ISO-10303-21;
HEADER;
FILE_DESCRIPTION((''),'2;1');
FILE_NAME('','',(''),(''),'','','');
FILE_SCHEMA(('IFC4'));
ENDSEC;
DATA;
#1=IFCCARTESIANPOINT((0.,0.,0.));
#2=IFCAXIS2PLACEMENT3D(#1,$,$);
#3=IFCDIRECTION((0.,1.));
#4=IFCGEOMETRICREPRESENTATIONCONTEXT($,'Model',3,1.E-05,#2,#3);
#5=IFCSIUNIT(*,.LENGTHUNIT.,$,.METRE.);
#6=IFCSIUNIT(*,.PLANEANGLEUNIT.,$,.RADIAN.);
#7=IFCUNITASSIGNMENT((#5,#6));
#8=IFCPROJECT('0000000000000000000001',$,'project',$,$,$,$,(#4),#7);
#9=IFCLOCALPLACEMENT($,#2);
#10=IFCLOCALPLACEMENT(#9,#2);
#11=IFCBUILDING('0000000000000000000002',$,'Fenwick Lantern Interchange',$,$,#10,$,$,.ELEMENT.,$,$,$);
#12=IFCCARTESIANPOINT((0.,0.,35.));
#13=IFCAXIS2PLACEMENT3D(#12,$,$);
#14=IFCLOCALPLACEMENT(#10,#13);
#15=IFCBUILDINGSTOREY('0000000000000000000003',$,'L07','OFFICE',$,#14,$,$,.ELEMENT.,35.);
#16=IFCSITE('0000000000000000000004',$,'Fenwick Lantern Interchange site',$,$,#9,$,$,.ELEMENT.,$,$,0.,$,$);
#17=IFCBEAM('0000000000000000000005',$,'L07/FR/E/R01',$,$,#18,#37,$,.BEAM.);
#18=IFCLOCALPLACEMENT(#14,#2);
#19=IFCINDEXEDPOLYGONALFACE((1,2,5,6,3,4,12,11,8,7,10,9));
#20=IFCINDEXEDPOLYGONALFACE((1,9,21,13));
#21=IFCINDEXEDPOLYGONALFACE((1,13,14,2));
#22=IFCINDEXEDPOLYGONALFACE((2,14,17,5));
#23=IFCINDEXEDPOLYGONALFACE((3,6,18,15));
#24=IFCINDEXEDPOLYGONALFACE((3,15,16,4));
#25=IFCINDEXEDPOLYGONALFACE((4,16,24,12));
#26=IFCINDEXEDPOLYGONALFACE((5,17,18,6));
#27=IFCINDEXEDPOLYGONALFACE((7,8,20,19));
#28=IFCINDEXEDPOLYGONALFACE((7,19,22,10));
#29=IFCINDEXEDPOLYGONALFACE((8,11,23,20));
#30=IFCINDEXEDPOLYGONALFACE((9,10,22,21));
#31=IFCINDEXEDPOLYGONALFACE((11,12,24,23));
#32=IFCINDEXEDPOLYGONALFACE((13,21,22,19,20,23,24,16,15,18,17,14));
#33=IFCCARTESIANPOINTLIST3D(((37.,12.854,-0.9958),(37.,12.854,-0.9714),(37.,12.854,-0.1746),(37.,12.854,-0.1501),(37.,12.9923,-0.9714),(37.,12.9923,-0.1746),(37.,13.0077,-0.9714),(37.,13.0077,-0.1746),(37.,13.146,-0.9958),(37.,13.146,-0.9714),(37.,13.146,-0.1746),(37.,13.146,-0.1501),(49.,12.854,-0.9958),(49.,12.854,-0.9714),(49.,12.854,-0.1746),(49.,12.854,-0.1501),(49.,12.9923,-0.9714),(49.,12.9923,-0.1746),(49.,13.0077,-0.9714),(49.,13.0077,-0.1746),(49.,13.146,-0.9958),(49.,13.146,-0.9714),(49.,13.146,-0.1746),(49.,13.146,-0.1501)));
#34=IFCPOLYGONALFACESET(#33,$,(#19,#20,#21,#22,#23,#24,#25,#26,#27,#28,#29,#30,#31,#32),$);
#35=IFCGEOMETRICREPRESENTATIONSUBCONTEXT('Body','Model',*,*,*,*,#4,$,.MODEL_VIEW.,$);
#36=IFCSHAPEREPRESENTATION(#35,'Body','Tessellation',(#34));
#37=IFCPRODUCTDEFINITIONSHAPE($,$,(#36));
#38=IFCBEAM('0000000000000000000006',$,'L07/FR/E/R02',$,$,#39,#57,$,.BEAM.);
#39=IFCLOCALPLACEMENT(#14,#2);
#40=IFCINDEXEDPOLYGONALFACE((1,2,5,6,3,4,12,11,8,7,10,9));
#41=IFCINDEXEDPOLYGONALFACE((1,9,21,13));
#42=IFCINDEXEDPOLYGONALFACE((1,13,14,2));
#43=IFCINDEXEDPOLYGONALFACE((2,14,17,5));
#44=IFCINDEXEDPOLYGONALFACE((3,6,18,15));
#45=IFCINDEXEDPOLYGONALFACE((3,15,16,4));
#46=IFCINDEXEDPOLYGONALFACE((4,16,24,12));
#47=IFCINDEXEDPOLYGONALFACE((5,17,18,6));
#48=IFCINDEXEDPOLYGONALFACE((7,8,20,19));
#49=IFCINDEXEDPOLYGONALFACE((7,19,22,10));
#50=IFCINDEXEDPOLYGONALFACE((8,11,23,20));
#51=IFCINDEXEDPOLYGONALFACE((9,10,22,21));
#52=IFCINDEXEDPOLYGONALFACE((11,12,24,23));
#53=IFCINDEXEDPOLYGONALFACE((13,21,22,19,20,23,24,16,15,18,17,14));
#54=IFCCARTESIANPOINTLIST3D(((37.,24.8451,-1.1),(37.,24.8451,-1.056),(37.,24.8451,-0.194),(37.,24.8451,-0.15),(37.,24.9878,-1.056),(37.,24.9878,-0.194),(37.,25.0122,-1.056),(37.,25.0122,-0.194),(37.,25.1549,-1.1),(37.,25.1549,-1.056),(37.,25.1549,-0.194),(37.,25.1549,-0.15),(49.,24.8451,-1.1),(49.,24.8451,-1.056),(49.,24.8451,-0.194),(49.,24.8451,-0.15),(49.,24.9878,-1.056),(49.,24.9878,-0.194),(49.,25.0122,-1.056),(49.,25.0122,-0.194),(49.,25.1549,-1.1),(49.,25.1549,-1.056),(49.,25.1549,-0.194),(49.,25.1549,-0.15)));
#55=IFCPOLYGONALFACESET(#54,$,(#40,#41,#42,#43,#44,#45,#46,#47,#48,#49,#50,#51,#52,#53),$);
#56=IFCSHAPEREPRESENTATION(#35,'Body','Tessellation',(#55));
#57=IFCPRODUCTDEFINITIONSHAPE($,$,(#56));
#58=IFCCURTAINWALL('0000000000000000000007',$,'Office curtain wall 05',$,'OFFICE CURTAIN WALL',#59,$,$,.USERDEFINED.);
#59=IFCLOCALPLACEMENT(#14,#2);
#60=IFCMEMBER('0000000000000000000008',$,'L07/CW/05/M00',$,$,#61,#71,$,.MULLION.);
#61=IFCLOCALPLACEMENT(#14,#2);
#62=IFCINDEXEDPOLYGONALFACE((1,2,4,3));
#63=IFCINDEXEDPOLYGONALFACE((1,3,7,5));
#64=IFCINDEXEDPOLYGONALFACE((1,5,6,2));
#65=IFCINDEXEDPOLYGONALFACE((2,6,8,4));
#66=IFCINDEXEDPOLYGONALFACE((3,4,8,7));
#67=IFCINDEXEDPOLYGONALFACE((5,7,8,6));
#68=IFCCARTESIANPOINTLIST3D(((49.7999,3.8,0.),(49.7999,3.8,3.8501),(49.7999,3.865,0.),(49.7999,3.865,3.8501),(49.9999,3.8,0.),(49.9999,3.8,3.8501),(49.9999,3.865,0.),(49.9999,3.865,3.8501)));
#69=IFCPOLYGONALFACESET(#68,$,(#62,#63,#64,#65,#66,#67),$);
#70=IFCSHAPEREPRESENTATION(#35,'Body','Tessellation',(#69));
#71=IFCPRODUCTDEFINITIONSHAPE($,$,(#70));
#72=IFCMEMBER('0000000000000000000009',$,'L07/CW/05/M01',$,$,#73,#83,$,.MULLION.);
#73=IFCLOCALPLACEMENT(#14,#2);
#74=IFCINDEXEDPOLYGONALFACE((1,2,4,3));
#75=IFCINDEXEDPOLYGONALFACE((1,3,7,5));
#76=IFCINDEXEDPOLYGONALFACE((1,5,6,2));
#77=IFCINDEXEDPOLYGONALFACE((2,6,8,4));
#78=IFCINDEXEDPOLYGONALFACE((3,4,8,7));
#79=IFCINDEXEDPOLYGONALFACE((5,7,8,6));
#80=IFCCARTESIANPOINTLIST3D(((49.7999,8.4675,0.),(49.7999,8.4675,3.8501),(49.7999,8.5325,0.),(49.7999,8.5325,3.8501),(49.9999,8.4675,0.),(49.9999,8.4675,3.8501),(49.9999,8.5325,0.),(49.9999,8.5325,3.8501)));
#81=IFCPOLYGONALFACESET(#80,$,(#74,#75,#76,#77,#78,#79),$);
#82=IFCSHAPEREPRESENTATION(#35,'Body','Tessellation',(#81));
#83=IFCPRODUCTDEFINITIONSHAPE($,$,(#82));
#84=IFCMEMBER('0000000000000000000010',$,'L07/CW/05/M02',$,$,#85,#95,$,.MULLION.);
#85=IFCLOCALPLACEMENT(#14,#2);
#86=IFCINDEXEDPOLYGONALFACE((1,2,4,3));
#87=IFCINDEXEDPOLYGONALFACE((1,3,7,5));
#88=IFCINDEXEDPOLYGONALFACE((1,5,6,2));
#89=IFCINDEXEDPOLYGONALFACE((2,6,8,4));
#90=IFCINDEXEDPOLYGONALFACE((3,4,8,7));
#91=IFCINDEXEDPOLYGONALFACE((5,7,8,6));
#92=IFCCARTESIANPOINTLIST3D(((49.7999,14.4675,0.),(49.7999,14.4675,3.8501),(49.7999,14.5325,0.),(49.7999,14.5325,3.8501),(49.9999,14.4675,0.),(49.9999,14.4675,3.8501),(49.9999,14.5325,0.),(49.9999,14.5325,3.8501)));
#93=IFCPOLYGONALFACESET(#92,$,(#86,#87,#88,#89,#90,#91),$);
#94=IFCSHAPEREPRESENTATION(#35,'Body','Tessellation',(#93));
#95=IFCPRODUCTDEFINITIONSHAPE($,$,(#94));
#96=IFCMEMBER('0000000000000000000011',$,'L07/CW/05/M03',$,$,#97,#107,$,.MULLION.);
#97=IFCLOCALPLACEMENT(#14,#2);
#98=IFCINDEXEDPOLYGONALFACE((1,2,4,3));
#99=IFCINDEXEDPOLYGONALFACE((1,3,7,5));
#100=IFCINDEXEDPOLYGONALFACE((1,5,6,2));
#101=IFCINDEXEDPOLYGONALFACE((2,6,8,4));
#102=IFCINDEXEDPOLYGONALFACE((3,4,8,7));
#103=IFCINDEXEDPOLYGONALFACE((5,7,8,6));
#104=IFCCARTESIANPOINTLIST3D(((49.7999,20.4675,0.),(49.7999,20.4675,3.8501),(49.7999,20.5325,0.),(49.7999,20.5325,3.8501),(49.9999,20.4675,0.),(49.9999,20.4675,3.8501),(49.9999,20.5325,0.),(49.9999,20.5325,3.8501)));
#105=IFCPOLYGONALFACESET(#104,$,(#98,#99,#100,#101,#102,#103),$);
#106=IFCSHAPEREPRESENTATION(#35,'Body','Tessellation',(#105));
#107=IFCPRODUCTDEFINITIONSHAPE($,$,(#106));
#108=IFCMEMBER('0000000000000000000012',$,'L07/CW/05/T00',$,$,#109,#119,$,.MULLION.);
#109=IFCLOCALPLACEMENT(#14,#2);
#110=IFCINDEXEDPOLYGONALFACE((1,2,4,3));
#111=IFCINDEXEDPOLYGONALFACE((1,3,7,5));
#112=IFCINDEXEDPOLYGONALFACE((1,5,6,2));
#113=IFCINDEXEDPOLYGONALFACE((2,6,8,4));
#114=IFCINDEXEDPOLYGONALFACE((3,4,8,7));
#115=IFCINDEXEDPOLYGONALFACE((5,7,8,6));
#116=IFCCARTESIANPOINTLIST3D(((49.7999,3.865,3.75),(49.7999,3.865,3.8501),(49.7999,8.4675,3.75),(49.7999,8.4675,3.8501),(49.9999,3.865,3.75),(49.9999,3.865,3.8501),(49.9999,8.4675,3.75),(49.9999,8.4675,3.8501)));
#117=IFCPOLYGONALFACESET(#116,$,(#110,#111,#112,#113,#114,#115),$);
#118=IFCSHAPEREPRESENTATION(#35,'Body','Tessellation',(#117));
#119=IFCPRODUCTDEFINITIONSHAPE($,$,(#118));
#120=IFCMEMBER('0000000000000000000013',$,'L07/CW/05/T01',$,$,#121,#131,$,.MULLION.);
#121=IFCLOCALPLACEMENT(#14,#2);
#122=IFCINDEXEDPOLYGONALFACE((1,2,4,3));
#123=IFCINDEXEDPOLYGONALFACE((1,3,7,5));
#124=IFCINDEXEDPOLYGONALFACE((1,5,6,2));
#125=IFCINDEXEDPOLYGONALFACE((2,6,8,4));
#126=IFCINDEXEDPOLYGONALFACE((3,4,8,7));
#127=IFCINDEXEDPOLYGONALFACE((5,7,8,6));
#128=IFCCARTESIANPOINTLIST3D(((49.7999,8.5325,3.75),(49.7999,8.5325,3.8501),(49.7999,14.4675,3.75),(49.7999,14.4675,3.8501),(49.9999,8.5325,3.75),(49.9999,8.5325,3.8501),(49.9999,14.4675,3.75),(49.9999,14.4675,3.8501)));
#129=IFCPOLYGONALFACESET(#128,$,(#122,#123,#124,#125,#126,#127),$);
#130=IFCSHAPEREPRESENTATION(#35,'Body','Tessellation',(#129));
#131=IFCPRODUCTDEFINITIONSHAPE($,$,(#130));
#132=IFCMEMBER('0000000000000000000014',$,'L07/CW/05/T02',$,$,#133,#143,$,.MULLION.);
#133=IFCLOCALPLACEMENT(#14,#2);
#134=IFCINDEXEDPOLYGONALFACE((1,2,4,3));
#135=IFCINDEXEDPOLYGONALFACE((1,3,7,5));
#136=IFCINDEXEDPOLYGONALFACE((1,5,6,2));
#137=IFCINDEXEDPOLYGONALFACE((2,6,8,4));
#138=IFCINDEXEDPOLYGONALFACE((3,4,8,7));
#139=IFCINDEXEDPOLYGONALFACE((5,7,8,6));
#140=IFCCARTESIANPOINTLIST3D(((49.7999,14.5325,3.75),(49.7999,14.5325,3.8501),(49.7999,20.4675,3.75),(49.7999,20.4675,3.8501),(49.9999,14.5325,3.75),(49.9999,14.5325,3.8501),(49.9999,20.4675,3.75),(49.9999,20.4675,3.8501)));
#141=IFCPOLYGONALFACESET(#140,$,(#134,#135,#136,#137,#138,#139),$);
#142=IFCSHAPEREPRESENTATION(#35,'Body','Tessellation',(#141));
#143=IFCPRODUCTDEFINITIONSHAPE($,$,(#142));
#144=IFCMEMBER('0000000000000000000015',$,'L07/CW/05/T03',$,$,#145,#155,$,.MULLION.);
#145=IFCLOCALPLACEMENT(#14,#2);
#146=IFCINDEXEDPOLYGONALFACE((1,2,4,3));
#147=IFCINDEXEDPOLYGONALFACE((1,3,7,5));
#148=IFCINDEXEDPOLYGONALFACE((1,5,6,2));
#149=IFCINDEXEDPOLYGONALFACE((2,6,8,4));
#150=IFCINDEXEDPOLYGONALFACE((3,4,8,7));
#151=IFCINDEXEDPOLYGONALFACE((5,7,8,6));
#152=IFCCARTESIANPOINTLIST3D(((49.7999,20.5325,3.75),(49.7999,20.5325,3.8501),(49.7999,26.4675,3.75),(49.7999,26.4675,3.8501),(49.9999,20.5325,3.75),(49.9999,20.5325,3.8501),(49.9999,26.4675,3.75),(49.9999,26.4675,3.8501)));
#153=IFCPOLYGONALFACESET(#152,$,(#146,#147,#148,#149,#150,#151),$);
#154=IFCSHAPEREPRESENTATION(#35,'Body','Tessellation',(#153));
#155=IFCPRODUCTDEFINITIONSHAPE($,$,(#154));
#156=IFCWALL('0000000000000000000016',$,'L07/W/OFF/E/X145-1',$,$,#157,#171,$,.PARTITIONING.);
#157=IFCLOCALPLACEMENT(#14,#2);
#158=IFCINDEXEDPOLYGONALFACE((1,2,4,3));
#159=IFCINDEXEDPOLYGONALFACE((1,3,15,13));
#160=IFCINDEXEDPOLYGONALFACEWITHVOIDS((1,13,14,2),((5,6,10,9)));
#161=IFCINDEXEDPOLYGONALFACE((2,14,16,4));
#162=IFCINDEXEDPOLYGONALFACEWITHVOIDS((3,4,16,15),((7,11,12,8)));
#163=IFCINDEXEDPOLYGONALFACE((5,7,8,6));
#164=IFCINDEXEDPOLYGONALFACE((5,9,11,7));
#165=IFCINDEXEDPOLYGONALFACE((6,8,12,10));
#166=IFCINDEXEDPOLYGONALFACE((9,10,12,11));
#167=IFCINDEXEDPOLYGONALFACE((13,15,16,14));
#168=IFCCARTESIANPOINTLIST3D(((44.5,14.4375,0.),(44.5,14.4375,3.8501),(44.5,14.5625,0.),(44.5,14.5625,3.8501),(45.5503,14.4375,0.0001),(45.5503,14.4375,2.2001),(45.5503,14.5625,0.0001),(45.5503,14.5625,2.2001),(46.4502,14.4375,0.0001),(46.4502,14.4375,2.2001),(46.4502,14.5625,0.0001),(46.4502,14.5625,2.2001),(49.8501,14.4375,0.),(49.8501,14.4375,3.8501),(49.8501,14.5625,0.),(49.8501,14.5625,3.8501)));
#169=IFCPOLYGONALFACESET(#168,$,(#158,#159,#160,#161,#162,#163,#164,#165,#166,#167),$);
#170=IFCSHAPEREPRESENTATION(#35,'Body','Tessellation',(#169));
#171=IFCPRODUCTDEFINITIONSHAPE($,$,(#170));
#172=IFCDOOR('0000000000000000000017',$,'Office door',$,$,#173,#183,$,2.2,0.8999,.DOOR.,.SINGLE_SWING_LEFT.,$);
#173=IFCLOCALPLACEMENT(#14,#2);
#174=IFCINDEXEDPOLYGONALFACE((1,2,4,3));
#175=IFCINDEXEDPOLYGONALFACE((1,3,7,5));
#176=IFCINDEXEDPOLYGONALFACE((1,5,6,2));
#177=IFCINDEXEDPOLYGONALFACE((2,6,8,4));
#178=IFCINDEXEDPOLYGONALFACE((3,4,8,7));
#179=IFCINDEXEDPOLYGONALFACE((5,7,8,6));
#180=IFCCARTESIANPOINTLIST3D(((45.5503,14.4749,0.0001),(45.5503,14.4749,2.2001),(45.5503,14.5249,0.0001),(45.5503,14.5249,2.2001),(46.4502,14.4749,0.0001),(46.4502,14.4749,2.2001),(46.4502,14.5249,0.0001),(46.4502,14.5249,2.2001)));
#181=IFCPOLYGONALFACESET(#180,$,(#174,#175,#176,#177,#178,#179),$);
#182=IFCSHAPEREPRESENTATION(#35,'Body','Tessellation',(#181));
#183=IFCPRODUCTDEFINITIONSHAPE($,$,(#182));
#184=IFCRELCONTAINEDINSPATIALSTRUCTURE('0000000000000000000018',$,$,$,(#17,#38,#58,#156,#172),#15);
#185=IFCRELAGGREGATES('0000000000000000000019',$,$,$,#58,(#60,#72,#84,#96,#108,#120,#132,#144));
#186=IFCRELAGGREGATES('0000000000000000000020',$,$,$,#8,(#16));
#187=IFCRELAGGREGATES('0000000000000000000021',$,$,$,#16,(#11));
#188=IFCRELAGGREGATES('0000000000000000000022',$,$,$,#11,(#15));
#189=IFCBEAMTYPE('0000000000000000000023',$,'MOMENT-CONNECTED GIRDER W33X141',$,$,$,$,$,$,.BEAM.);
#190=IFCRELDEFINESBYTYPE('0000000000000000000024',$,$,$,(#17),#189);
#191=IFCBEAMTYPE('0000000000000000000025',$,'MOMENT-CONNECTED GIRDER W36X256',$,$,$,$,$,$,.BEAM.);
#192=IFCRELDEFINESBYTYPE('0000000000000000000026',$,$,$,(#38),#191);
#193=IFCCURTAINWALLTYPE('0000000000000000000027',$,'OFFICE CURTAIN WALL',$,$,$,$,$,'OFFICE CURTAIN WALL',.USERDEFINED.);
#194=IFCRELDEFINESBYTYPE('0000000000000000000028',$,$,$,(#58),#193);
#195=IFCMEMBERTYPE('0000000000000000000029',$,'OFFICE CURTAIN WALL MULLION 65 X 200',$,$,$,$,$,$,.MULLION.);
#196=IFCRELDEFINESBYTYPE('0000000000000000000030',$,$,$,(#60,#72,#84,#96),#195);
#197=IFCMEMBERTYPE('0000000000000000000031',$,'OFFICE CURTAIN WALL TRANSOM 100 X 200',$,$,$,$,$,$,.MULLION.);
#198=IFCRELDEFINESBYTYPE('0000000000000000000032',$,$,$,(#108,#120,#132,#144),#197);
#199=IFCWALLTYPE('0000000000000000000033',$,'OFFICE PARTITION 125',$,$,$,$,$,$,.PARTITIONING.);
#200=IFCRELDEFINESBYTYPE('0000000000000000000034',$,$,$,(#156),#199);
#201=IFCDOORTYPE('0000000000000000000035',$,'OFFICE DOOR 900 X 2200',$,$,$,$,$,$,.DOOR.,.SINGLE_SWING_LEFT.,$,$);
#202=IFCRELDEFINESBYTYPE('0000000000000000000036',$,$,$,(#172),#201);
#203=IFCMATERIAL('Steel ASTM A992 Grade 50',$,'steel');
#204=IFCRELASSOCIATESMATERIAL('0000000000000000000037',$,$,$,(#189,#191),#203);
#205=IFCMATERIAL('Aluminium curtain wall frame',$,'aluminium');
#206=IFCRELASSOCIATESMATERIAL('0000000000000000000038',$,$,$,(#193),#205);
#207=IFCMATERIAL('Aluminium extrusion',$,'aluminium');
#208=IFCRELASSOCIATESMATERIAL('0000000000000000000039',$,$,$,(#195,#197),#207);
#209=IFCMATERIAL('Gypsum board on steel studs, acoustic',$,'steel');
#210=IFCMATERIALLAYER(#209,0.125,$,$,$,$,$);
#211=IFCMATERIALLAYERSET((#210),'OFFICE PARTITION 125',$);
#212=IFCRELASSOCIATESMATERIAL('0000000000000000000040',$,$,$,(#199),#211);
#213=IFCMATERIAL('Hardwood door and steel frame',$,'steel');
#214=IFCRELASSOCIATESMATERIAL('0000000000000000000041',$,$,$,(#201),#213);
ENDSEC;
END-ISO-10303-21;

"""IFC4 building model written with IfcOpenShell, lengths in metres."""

from ifc_helpers import new_model, si_unit, direction, frame, frame_2d, origin, origin_2d, place, context, subcontext, project, spatial, rectangle, i_section, extrude, material, layer, layer_set, material_profile, profile_set, type_object, element, fill, aggregate, save


model = new_model("IFC4")

# Units and contexts
model_context = context("Model", 3, precision=1e-05, world=origin(), true_north=direction((0.0, 1.0)))
body_context = subcontext(model_context, "Body", "Model", "MODEL_VIEW")
ifc_project = project(units=[si_unit("LENGTHUNIT", "METRE"), si_unit("PLANEANGLEUNIT", "RADIAN")], contexts=[model_context])

# Site, building, storey
site_placement = place(None, origin())
site = spatial("IfcSite", under=ifc_project, at=site_placement, Name="Fenwick Lantern Interchange site", CompositionType="ELEMENT", RefElevation=0.0)
building_placement = place(site_placement, origin())
building = spatial("IfcBuilding", under=site, at=building_placement, Name="Fenwick Lantern Interchange", CompositionType="ELEMENT")
storey_placement = place(building_placement, frame((0.0, 0.0, 35.0)))
storey = spatial("IfcBuildingStorey", under=building, at=storey_placement, Name="L07", Description="OFFICE", CompositionType="ELEMENT", Elevation=35.0)

# Beams
ifc_material_1 = material(Name="Steel ASTM A992 Grade 50", Category="steel")
ifc_material_profile_1 = material_profile(ifc_material_1, i_section(OverallWidth=0.292, OverallDepth=0.8457, WebThickness=0.0154, FlangeThickness=0.0244, at=origin_2d()), Name="W33X141")
ifc_profile_set_1 = profile_set([ifc_material_profile_1], Name="Steel ASTM A992 Grade 50")
beam_type_1 = type_object("IfcBeamType", Name="MOMENT-CONNECTED GIRDER W33X141", PredefinedType="BEAM", material=ifc_profile_set_1)
beam_1_placement = place(storey_placement, frame((49.0, 13.0, -0.573), z_axis=(-1.0, 0.0, 0.0), x_axis=(0.0, -1.0, 0.0)))
element("IfcBeam", 1, at=beam_1_placement, inside=storey, type_object=beam_type_1, Name="L07/FR/E/R01", PredefinedType="BEAM", context=body_context, shape_type="SweptSolid", body=[
    extrude(i_section(OverallWidth=0.292, OverallDepth=0.8457, WebThickness=0.0154, FlangeThickness=0.0244, at=origin_2d()), origin(), (0.0, 0.0, 1.0), 12.0),
])
ifc_material_profile_2 = material_profile(ifc_material_1, i_section(OverallWidth=0.3098, OverallDepth=0.95, WebThickness=0.0244, FlangeThickness=0.0439, at=origin_2d()), Name="W36X256")
ifc_profile_set_2 = profile_set([ifc_material_profile_2], Name="Steel ASTM A992 Grade 50")
beam_type_2 = type_object("IfcBeamType", Name="MOMENT-CONNECTED GIRDER W36X256", PredefinedType="BEAM", material=ifc_profile_set_2)
beam_2_placement = place(storey_placement, frame((49.0, 25.0, -0.625), z_axis=(-1.0, 0.0, 0.0), x_axis=(0.0, -1.0, 0.0)))
element("IfcBeam", 2, at=beam_2_placement, inside=storey, type_object=beam_type_2, Name="L07/FR/E/R02", PredefinedType="BEAM", context=body_context, shape_type="SweptSolid", body=[
    extrude(i_section(OverallWidth=0.3098, OverallDepth=0.95, WebThickness=0.0244, FlangeThickness=0.0439, at=origin_2d()), origin(), (0.0, 0.0, 1.0), 12.0),
])

# Curtain wall, members
ifc_material_2 = material(Name="Aluminium curtain wall frame", Category="aluminium")
curtain_wall_type = type_object("IfcCurtainWallType", Name="OFFICE CURTAIN WALL", ElementType="OFFICE CURTAIN WALL", PredefinedType="USERDEFINED", material=ifc_material_2)
curtain_wall_placement = place(storey_placement, origin())
curtain_wall = element("IfcCurtainWall", 3, at=curtain_wall_placement, inside=storey, type_object=curtain_wall_type, Name="Office curtain wall 05", ObjectType="OFFICE CURTAIN WALL", PredefinedType="USERDEFINED")
ifc_material_3 = material(Name="Aluminium extrusion", Category="aluminium")
ifc_material_profile_3 = material_profile(ifc_material_3, rectangle(XDim=0.2, YDim=0.0649, at=origin_2d()), Name="OFFICE CURTAIN WALL MULLION 65 X 200")
ifc_profile_set_3 = profile_set([ifc_material_profile_3], Name="Aluminium extrusion")
member_type_1 = type_object("IfcMemberType", Name="OFFICE CURTAIN WALL MULLION 65 X 200", PredefinedType="MULLION", material=ifc_profile_set_3)
member_1_placement = place(storey_placement, frame((49.8999, 3.8325, 0.0), z_axis=(0.0, 0.0, 1.0), x_axis=(-1.0, 0.0, 0.0)))
member_1 = element("IfcMember", 4, at=member_1_placement, type_object=member_type_1, Name="L07/CW/05/M00", PredefinedType="MULLION", context=body_context, shape_type="SweptSolid", body=[
    extrude(rectangle(XDim=0.2, YDim=0.0649, at=origin_2d()), origin(), (0.0, 0.0, 1.0), 3.8501),
])
member_2_placement = place(storey_placement, frame((49.8999, 8.5, 0.0), z_axis=(0.0, 0.0, 1.0), x_axis=(-1.0, 0.0, 0.0)))
member_2 = element("IfcMember", 5, at=member_2_placement, type_object=member_type_1, Name="L07/CW/05/M01", PredefinedType="MULLION", context=body_context, shape_type="SweptSolid", body=[
    extrude(rectangle(XDim=0.2, YDim=0.0649, at=origin_2d()), origin(), (0.0, 0.0, 1.0), 3.8501),
])
member_3_placement = place(storey_placement, frame((49.8999, 14.5, 0.0), z_axis=(0.0, 0.0, 1.0), x_axis=(-1.0, 0.0, 0.0)))
member_3 = element("IfcMember", 6, at=member_3_placement, type_object=member_type_1, Name="L07/CW/05/M02", PredefinedType="MULLION", context=body_context, shape_type="SweptSolid", body=[
    extrude(rectangle(XDim=0.2, YDim=0.0649, at=origin_2d()), origin(), (0.0, 0.0, 1.0), 3.8501),
])
member_4_placement = place(storey_placement, frame((49.8999, 20.5, 0.0), z_axis=(0.0, 0.0, 1.0), x_axis=(-1.0, 0.0, 0.0)))
member_4 = element("IfcMember", 7, at=member_4_placement, type_object=member_type_1, Name="L07/CW/05/M03", PredefinedType="MULLION", context=body_context, shape_type="SweptSolid", body=[
    extrude(rectangle(XDim=0.2, YDim=0.0649, at=origin_2d()), origin(), (0.0, 0.0, 1.0), 3.8501),
])
ifc_material_profile_4 = material_profile(ifc_material_3, rectangle(XDim=0.2, YDim=0.1001, at=origin_2d()), Name="OFFICE CURTAIN WALL TRANSOM 100 X 200")
ifc_profile_set_4 = profile_set([ifc_material_profile_4], Name="Aluminium extrusion")
member_type_2 = type_object("IfcMemberType", Name="OFFICE CURTAIN WALL TRANSOM 100 X 200", PredefinedType="MULLION", material=ifc_profile_set_4)
member_5_placement = place(storey_placement, frame((49.8999, 3.865, 3.8), z_axis=(0.0, 1.0, 0.0), x_axis=(-1.0, 0.0, 0.0)))
member_5 = element("IfcMember", 8, at=member_5_placement, type_object=member_type_2, Name="L07/CW/05/T00", PredefinedType="MULLION", context=body_context, shape_type="SweptSolid", body=[
    extrude(rectangle(XDim=0.2, YDim=0.1001, at=origin_2d()), origin(), (0.0, 0.0, 1.0), 4.6025),
])
member_6_placement = place(storey_placement, frame((49.8999, 8.5325, 3.8), z_axis=(0.0, 1.0, 0.0), x_axis=(-1.0, 0.0, 0.0)))
member_6 = element("IfcMember", 9, at=member_6_placement, type_object=member_type_2, Name="L07/CW/05/T01", PredefinedType="MULLION", context=body_context, shape_type="SweptSolid", body=[
    extrude(rectangle(XDim=0.2, YDim=0.1001, at=origin_2d()), origin(), (0.0, 0.0, 1.0), 5.9351),
])
member_7_placement = place(storey_placement, frame((49.8999, 14.5325, 3.8), z_axis=(0.0, 1.0, 0.0), x_axis=(-1.0, 0.0, 0.0)))
member_7 = element("IfcMember", 10, at=member_7_placement, type_object=member_type_2, Name="L07/CW/05/T02", PredefinedType="MULLION", context=body_context, shape_type="SweptSolid", body=[
    extrude(rectangle(XDim=0.2, YDim=0.1001, at=origin_2d()), origin(), (0.0, 0.0, 1.0), 5.9351),
])
member_8_placement = place(storey_placement, frame((49.8999, 20.5325, 3.8), z_axis=(0.0, 1.0, 0.0), x_axis=(-1.0, 0.0, 0.0)))
member_8 = element("IfcMember", 11, at=member_8_placement, type_object=member_type_2, Name="L07/CW/05/T03", PredefinedType="MULLION", context=body_context, shape_type="SweptSolid", body=[
    extrude(rectangle(XDim=0.2, YDim=0.1001, at=origin_2d()), origin(), (0.0, 0.0, 1.0), 5.9351),
])
aggregate(curtain_wall, [member_1, member_2, member_3, member_4, member_5, member_6, member_7, member_8])

# Wall, opening, door
ifc_material_4 = material(Name="Gypsum board on steel studs, acoustic", Category="steel")
ifc_layer_1 = layer(ifc_material_4, 0.125)
ifc_layer_set_1 = layer_set([ifc_layer_1], Name="OFFICE PARTITION 125")
wall_type = type_object("IfcWallType", Name="OFFICE PARTITION 125", PredefinedType="PARTITIONING", material=ifc_layer_set_1)
wall_1_placement = place(storey_placement, frame((49.8501, 14.5, 0.0), z_axis=(0.0, 0.0, 1.0), x_axis=(-1.0, 0.0, 0.0)))
wall_1 = element("IfcWall", 12, at=wall_1_placement, inside=storey, type_object=wall_type, Name="L07/W/OFF/E/X145-1", PredefinedType="PARTITIONING", context=body_context, shape_type="SweptSolid", body=[
    extrude(rectangle(XDim=5.3501, YDim=0.125, at=frame_2d((2.675, 0.0))), origin(), (0.0, 0.0, 1.0), 3.8501),
])
opening_1_placement = place(wall_1_placement, frame((3.3999, 0.0, 0.0)))
opening_1 = element("IfcOpeningElement", 13, at=opening_1_placement, cuts=wall_1, PredefinedType="OPENING", context=body_context, shape_type="SweptSolid", body=[
    extrude(rectangle(XDim=0.8999, YDim=2.2, at=frame_2d((0.45, 1.1001))), frame((0.0, 0.0725, 0.0), z_axis=(0.0, -1.0, 0.0), x_axis=(1.0, 0.0, 0.0)), (0.0, 0.0, 1.0), 0.145),
])
ifc_material_5 = material(Name="Hardwood door and steel frame", Category="steel")
door_type = type_object("IfcDoorType", Name="OFFICE DOOR 900 X 2200", OperationType="SINGLE_SWING_LEFT", PredefinedType="DOOR", material=ifc_material_5)
door_1_placement = place(opening_1_placement, frame((0.8999, 0.0, 0.0), z_axis=(0.0, 0.0, 1.0), x_axis=(-1.0, 0.0, 0.0)))
door_1 = element("IfcDoor", 14, at=door_1_placement, inside=storey, type_object=door_type, Name="Office door", OperationType="SINGLE_SWING_LEFT", OverallHeight=2.2, OverallWidth=0.8999, PredefinedType="DOOR", context=body_context, shape_type="SweptSolid", body=[
    extrude(rectangle(XDim=0.8999, YDim=2.2, at=frame_2d((0.45, 1.1001))), frame((0.0, 0.0249, 0.0), z_axis=(0.0, -1.0, 0.0), x_axis=(1.0, 0.0, 0.0)), (0.0, 0.0, 1.0), 0.05),
])
fill(opening_1, door_1)

save(model, "model.ifc")
